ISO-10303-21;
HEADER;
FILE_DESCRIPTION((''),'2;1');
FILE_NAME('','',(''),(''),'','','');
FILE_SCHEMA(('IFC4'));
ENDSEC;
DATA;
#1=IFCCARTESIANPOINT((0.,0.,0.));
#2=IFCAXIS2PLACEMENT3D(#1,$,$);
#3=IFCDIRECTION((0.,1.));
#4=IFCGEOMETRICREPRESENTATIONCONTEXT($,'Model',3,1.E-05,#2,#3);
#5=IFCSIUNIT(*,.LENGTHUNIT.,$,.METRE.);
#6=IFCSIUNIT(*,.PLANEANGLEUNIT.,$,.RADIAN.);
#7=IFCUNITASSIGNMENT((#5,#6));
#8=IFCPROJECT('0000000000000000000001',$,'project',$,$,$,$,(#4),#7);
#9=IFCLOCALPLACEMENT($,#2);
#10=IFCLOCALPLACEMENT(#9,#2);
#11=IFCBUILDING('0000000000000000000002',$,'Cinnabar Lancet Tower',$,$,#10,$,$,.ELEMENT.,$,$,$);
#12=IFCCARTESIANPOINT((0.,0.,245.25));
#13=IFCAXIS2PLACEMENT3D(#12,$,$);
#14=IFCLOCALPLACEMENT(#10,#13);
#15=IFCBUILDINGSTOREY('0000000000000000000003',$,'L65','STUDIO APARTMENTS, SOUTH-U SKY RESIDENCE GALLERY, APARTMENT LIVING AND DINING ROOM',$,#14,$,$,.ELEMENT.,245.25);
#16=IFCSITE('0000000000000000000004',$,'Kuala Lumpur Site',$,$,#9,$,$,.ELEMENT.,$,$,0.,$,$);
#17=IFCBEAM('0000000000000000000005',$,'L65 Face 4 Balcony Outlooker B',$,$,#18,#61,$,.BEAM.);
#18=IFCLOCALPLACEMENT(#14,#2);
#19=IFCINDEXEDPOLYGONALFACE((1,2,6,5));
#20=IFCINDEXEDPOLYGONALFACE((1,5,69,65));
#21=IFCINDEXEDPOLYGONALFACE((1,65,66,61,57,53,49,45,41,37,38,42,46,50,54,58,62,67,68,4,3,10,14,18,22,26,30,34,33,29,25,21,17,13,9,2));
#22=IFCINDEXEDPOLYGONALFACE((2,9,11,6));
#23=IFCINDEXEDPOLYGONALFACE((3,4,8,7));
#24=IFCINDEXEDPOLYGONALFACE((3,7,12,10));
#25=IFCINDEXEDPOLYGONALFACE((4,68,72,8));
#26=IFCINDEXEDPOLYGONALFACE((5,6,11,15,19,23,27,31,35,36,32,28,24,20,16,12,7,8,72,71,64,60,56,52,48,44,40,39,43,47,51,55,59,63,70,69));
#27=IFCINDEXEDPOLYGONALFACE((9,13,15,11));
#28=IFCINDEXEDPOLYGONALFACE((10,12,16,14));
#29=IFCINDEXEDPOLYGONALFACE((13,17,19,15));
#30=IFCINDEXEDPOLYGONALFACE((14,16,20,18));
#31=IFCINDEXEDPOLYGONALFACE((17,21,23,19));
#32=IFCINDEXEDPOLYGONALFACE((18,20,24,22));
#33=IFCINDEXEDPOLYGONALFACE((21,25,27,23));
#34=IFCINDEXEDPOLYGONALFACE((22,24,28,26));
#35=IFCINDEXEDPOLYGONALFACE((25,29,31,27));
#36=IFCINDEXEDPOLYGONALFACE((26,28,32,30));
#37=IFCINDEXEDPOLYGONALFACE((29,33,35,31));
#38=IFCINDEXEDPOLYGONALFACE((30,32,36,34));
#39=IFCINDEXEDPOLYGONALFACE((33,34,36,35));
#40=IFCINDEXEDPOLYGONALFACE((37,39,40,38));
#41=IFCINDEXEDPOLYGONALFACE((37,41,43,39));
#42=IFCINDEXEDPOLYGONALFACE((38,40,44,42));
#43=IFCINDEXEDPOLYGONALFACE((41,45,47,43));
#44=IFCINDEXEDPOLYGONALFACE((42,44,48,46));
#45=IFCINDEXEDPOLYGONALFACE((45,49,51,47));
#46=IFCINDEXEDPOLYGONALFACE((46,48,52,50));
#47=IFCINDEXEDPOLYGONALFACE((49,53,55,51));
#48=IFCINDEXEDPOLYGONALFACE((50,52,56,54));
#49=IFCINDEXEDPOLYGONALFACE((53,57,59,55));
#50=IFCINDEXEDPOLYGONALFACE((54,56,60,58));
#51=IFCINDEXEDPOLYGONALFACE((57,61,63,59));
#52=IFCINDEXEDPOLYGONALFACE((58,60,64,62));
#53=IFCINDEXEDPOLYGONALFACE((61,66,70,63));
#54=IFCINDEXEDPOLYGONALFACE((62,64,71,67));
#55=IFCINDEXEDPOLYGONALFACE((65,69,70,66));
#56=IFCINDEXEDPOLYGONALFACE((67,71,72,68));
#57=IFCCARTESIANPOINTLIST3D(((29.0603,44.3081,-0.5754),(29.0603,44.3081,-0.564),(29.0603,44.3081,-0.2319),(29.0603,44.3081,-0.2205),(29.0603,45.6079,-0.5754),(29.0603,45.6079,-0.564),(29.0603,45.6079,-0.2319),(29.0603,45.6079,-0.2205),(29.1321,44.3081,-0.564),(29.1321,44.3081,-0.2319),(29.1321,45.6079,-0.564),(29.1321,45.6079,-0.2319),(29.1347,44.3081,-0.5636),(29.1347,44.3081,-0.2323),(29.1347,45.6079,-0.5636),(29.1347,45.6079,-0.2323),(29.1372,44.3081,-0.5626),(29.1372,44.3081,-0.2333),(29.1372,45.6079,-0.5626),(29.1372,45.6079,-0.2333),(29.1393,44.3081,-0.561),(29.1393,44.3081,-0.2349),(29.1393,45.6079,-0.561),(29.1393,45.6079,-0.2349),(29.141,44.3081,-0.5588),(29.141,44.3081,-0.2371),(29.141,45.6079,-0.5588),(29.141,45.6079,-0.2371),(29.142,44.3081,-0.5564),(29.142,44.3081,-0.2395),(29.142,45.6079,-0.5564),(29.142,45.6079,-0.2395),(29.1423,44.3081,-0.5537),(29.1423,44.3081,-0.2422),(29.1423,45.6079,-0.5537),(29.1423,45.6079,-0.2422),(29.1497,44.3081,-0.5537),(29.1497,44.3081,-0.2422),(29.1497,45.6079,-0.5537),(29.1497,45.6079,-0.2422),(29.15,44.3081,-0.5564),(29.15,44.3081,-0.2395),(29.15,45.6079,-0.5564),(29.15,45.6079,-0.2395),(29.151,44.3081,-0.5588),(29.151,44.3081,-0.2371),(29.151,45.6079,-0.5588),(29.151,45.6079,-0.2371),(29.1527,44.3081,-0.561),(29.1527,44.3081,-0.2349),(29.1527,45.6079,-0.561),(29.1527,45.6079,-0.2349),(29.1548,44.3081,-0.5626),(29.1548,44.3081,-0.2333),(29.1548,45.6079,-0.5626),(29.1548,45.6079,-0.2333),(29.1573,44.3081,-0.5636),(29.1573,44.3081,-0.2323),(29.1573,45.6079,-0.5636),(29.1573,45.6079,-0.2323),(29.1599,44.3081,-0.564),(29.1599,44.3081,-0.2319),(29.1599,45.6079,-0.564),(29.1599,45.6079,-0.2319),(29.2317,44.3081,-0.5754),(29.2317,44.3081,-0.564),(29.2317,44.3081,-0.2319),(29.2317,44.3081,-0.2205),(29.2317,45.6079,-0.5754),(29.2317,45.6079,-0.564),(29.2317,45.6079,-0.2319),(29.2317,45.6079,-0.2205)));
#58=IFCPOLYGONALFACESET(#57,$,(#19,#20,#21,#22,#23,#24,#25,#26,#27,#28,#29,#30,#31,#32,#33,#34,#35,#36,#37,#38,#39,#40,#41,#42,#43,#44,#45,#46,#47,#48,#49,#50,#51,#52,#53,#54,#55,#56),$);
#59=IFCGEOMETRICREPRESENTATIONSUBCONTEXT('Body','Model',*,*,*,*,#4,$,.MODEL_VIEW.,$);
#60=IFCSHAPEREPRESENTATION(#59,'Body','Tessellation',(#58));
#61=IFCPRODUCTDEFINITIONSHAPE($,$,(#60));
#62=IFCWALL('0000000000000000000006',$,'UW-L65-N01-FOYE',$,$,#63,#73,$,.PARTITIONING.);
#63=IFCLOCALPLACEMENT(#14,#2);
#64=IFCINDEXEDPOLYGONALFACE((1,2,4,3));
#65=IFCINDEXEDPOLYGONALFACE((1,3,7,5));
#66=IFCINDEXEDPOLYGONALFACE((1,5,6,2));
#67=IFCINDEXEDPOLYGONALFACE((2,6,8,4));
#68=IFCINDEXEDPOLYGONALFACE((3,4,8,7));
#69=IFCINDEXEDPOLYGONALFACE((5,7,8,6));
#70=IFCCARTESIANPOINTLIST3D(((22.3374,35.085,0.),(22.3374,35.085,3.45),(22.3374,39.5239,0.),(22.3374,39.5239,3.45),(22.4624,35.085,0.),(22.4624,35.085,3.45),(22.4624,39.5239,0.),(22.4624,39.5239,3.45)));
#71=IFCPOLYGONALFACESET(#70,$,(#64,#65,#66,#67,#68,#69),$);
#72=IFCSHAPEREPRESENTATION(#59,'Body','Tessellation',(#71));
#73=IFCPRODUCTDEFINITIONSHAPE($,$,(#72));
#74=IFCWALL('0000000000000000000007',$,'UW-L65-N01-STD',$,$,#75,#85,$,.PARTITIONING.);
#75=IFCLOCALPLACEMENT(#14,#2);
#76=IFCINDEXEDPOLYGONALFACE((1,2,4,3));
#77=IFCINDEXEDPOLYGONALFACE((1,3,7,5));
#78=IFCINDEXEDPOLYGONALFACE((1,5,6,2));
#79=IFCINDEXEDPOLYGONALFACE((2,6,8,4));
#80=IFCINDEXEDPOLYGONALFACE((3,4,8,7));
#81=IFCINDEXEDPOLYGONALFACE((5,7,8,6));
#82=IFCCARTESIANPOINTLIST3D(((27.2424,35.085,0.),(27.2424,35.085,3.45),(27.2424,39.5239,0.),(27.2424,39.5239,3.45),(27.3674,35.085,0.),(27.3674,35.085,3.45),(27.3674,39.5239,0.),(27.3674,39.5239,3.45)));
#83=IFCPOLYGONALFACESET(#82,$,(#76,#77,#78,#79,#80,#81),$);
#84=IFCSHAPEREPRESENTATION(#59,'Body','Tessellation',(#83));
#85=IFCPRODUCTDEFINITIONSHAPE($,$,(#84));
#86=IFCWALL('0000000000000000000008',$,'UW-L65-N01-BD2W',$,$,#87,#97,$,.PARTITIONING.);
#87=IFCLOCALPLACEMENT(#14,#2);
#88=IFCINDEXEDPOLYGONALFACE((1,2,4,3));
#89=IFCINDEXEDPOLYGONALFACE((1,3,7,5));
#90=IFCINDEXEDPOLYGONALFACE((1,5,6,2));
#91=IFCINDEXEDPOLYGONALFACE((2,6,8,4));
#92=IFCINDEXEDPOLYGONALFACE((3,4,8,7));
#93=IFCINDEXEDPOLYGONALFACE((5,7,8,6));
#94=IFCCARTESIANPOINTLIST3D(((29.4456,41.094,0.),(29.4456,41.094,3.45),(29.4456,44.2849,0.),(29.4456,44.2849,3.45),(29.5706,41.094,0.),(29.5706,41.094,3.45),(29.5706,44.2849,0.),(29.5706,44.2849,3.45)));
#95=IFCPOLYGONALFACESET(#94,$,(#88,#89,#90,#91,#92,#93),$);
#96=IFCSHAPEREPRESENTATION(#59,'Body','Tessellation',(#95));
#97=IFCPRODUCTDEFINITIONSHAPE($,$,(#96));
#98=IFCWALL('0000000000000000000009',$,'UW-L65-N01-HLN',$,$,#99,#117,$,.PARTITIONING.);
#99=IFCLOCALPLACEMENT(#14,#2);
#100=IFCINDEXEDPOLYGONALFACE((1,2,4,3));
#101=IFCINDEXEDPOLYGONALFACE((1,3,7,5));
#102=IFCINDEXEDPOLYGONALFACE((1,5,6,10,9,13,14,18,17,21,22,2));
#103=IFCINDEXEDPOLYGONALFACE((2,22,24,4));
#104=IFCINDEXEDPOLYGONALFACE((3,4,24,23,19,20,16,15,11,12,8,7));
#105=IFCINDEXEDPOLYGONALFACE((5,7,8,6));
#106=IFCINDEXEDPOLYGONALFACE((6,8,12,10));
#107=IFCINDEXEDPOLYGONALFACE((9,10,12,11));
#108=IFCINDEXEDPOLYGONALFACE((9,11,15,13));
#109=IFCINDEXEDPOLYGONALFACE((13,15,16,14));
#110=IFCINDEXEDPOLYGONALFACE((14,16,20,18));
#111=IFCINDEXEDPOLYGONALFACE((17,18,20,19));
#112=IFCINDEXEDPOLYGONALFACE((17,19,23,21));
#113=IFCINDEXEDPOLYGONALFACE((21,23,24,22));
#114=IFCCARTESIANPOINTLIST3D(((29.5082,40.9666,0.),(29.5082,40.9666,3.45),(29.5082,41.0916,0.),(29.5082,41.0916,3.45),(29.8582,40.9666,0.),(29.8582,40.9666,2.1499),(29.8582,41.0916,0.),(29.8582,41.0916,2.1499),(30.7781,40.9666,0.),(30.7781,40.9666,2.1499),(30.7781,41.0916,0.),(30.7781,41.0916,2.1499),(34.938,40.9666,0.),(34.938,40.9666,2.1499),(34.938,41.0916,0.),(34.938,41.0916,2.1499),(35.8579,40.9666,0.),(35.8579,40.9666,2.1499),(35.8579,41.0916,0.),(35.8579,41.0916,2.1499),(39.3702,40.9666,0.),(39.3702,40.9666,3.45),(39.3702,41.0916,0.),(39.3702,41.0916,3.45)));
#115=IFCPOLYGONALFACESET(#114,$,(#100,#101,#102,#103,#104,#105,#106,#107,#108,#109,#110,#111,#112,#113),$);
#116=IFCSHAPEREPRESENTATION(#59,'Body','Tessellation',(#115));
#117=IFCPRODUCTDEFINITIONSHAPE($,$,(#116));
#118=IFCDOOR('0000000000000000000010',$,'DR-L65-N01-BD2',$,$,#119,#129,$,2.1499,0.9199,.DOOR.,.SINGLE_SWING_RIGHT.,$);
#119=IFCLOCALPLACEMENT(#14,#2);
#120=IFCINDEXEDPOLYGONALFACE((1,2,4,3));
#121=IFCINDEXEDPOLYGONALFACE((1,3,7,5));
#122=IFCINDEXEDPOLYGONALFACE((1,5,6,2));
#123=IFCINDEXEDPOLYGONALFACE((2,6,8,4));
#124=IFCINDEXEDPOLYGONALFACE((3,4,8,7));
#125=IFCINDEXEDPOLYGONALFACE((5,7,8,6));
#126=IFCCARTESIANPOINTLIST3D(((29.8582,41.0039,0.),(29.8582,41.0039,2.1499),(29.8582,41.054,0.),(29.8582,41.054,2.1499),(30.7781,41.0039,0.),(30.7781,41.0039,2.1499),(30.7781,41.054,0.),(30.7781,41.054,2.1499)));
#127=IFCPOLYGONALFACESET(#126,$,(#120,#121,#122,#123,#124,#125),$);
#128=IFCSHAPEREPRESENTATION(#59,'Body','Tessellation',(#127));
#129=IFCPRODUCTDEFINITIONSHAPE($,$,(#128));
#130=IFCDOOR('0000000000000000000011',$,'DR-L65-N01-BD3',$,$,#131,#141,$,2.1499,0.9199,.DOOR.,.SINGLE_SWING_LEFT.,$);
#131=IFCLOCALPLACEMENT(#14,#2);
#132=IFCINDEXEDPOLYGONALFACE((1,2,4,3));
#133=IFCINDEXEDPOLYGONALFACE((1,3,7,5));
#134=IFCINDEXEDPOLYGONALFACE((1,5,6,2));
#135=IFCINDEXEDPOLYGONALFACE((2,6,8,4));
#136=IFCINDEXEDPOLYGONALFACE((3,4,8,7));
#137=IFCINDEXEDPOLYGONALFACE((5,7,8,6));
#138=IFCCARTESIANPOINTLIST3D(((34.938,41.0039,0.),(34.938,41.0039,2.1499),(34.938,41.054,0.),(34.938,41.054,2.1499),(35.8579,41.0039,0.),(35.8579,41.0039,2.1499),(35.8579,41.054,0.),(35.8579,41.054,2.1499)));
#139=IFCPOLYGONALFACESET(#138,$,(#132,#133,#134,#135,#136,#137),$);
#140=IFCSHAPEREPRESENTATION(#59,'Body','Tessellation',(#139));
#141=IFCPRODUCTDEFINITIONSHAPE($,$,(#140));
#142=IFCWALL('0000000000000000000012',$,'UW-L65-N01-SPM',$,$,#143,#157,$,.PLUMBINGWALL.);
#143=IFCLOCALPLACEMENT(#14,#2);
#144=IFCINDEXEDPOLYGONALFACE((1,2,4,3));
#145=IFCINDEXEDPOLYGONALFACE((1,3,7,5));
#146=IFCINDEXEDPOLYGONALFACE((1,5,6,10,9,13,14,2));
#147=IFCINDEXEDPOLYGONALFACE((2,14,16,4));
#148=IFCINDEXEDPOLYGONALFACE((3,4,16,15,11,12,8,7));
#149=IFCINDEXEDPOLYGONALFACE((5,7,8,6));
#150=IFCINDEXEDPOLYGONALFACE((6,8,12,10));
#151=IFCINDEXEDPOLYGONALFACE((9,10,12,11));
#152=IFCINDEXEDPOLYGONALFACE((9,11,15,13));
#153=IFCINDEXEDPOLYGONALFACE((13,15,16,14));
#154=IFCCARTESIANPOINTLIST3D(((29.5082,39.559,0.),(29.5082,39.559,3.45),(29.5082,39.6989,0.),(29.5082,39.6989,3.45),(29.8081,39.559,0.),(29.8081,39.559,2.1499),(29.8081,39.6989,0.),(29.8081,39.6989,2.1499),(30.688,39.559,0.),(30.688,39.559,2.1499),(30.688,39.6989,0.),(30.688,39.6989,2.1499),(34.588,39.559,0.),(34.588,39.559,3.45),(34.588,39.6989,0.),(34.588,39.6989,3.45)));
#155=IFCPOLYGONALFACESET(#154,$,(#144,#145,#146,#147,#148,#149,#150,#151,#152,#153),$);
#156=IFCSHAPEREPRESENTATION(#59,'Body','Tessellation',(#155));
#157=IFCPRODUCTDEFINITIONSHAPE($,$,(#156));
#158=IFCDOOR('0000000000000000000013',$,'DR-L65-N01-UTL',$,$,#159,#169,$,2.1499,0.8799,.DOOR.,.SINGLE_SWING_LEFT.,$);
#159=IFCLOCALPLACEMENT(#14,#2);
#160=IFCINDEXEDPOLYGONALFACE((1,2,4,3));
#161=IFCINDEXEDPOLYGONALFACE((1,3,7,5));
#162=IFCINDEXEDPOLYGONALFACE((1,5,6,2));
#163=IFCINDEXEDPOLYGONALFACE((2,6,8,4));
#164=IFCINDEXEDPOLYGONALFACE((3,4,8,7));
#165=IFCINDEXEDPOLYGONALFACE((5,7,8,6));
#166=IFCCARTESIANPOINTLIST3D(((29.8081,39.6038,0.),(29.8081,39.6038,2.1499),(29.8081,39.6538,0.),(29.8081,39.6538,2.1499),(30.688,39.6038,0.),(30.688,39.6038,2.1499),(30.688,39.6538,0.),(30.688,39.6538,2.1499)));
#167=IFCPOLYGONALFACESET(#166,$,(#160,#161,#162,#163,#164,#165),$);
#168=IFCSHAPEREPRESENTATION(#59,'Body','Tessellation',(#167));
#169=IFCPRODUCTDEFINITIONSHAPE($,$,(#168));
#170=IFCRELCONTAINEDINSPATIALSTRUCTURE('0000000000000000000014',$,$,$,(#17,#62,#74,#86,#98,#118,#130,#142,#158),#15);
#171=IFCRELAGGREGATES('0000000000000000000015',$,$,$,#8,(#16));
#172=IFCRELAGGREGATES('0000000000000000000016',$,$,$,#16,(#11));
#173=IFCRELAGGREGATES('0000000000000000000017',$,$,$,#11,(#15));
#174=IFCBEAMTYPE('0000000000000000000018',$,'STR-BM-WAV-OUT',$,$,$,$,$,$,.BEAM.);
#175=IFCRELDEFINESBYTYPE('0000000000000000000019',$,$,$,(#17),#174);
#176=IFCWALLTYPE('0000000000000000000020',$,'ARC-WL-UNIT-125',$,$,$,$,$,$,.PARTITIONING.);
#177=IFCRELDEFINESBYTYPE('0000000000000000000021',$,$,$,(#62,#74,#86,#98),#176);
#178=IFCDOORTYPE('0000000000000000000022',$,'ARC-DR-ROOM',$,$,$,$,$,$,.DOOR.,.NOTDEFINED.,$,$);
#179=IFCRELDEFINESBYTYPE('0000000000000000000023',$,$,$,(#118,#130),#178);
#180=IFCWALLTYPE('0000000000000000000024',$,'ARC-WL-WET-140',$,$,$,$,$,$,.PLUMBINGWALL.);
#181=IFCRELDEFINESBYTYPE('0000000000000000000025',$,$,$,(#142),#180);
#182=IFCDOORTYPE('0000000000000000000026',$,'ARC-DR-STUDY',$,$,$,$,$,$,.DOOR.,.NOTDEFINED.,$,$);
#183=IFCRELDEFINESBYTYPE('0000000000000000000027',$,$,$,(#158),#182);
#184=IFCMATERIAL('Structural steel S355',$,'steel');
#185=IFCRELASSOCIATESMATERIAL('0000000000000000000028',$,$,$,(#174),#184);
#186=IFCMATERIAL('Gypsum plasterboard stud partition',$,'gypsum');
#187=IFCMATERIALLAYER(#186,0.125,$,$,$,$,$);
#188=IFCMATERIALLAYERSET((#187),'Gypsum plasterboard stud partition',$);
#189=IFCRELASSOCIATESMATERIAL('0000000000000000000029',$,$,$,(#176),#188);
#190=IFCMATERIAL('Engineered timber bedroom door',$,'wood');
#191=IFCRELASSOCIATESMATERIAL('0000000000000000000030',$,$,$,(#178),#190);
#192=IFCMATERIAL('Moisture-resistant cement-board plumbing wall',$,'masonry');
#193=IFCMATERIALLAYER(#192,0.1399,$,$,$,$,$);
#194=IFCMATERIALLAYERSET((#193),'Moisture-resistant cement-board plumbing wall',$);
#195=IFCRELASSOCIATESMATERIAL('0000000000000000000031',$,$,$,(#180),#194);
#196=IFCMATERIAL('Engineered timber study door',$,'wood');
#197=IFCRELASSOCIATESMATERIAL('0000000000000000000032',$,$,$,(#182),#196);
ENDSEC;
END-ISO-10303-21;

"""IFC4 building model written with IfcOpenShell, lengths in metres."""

from ifc_helpers import new_model, si_unit, direction, frame, frame_2d, origin, origin_2d, place, context, subcontext, project, spatial, rectangle, i_section, extrude, material, layer, layer_set, material_profile, profile_set, type_object, element, fill, save


model = new_model("IFC4")

# Units and contexts
model_context = context("Model", 3, precision=1e-05, world=origin(), true_north=direction((0.0, 1.0)))
body_context = subcontext(model_context, "Body", "Model", "MODEL_VIEW")
ifc_project = project(units=[si_unit("LENGTHUNIT", "METRE"), si_unit("PLANEANGLEUNIT", "RADIAN")], contexts=[model_context])

# Site, building, storey
site_placement = place(None, origin())
site = spatial("IfcSite", under=ifc_project, at=site_placement, Name="Kuala Lumpur Site", CompositionType="ELEMENT", RefElevation=0.0)
building_placement = place(site_placement, origin())
building = spatial("IfcBuilding", under=site, at=building_placement, Name="Cinnabar Lancet Tower", CompositionType="ELEMENT")
storey_placement = place(building_placement, frame((0.0, 0.0, 245.25)))
storey = spatial("IfcBuildingStorey", under=building, at=storey_placement, Name="L65", Description="STUDIO APARTMENTS, SOUTH-U SKY RESIDENCE GALLERY, APARTMENT LIVING AND DINING ROOM", CompositionType="ELEMENT", Elevation=245.25)

# Beam
ifc_material_1 = material(Name="Structural steel S355", Category="steel")
ifc_material_profile_1 = material_profile(ifc_material_1, i_section(OverallWidth=0.1714, OverallDepth=0.355, WebThickness=0.0073, FlangeThickness=0.0115, FilletRadius=0.0103, at=origin_2d()), Name="UKB 356x171x51")
ifc_profile_set_1 = profile_set([ifc_material_profile_1], Name="Structural steel S355")
beam_type_1 = type_object("IfcBeamType", Name="STR-BM-WAV-OUT", PredefinedType="BEAM", material=ifc_profile_set_1)
beam_1_placement = place(storey_placement, frame((29.146, 44.3081, -0.3979), z_axis=(0.0, 1.0, 0.0), x_axis=(-1.0, 0.0, 0.0)))
element("IfcBeam", 1, at=beam_1_placement, inside=storey, type_object=beam_type_1, Name="L65 Face 4 Balcony Outlooker B", PredefinedType="BEAM", context=body_context, shape_type="SweptSolid", body=[
    extrude(i_section(OverallWidth=0.1714, OverallDepth=0.355, WebThickness=0.0073, FlangeThickness=0.0115, FilletRadius=0.0103, at=origin_2d()), origin(), (0.0, 0.0, 1.0), 1.2998),
])

# Walls
ifc_material_2 = material(Name="Gypsum plasterboard stud partition", Category="gypsum")
ifc_layer_1 = layer(ifc_material_2, 0.125)
ifc_layer_set_1 = layer_set([ifc_layer_1], Name="Gypsum plasterboard stud partition")
wall_type_1 = type_object("IfcWallType", Name="ARC-WL-UNIT-125", PredefinedType="PARTITIONING", material=ifc_layer_set_1)
for number, where, z_axis, x_axis, name in (
    (2, (22.3999, 35.085, 0.0), (0.0, 0.0, 1.0), (0.0, 1.0, 0.0), "UW-L65-N01-FOYE"),
    (3, (27.3049, 35.085, 0.0), (0.0, 0.0, 1.0), (0.0, 1.0, 0.0), "UW-L65-N01-STD"),
):
    element("IfcWall", number, at=place(storey_placement, frame(where, z_axis=z_axis, x_axis=x_axis)), inside=storey, type_object=wall_type_1, Name=name, PredefinedType="PARTITIONING", context=body_context, shape_type="SweptSolid", body=[
        extrude(rectangle(XDim=4.439, YDim=0.125, at=frame_2d((2.2195, 0.0))), origin(), (0.0, 0.0, 1.0), 3.45),
    ])
wall_1_placement = place(storey_placement, frame((29.5081, 41.094, 0.0), z_axis=(0.0, 0.0, 1.0), x_axis=(0.0, 1.0, 0.0)))
element("IfcWall", 4, at=wall_1_placement, inside=storey, type_object=wall_type_1, Name="UW-L65-N01-BD2W", PredefinedType="PARTITIONING", context=body_context, shape_type="SweptSolid", body=[
    extrude(rectangle(XDim=3.1909, YDim=0.125, at=frame_2d((1.5955, 0.0))), origin(), (0.0, 0.0, 1.0), 3.45),
])

# Wall, openings, doors
wall_2_placement = place(storey_placement, frame((29.5081, 41.0291, 0.0), z_axis=(0.0, 0.0, 1.0), x_axis=(1.0, 0.0, 0.0)))
wall_2 = element("IfcWall", 5, at=wall_2_placement, inside=storey, type_object=wall_type_1, Name="UW-L65-N01-HLN", PredefinedType="PARTITIONING", context=body_context, shape_type="SweptSolid", body=[
    extrude(rectangle(XDim=9.8621, YDim=0.125, at=frame_2d((4.9312, 0.0))), origin(), (0.0, 0.0, 1.0), 3.45),
])
opening_1_placement = place(wall_2_placement, frame((0.3501, 0.0, 0.0)))
opening_1 = element("IfcOpeningElement", 6, at=opening_1_placement, cuts=wall_2, PredefinedType="OPENING", context=body_context, shape_type="SweptSolid", body=[
    extrude(rectangle(XDim=0.9199, YDim=2.1499, at=frame_2d((0.46, 1.075))), frame((0.0, 0.0725, 0.0), z_axis=(0.0, -1.0, 0.0), x_axis=(1.0, 0.0, 0.0)), (0.0, 0.0, 1.0), 0.145),
])
opening_2_placement = place(wall_2_placement, frame((5.4299, 0.0, 0.0)))
opening_2 = element("IfcOpeningElement", 7, at=opening_2_placement, cuts=wall_2, PredefinedType="OPENING", context=body_context, shape_type="SweptSolid", body=[
    extrude(rectangle(XDim=0.9199, YDim=2.1499, at=frame_2d((0.46, 1.075))), frame((0.0, 0.0725, 0.0), z_axis=(0.0, -1.0, 0.0), x_axis=(1.0, 0.0, 0.0)), (0.0, 0.0, 1.0), 0.145),
])
ifc_material_3 = material(Name="Engineered timber bedroom door", Category="wood")
door_type_1 = type_object("IfcDoorType", Name="ARC-DR-ROOM", OperationType="NOTDEFINED", PredefinedType="DOOR", material=ifc_material_3)
door_1_placement = place(opening_1_placement, origin())
door_1 = element("IfcDoor", 8, at=door_1_placement, inside=storey, type_object=door_type_1, Name="DR-L65-N01-BD2", OperationType="SINGLE_SWING_RIGHT", OverallHeight=2.1499, OverallWidth=0.9199, PredefinedType="DOOR", context=body_context, shape_type="SweptSolid", body=[
    extrude(rectangle(XDim=0.9199, YDim=2.1499, at=frame_2d((0.46, 1.075))), frame((0.0, 0.0249, 0.0), z_axis=(0.0, -1.0, 0.0), x_axis=(1.0, 0.0, 0.0)), (0.0, 0.0, 1.0), 0.05),
])
fill(opening_1, door_1)
door_2_placement = place(opening_2_placement, origin())
door_2 = element("IfcDoor", 9, at=door_2_placement, inside=storey, type_object=door_type_1, Name="DR-L65-N01-BD3", OperationType="SINGLE_SWING_LEFT", OverallHeight=2.1499, OverallWidth=0.9199, PredefinedType="DOOR", context=body_context, shape_type="SweptSolid", body=[
    extrude(rectangle(XDim=0.9199, YDim=2.1499, at=frame_2d((0.46, 1.075))), frame((0.0, 0.0249, 0.0), z_axis=(0.0, -1.0, 0.0), x_axis=(1.0, 0.0, 0.0)), (0.0, 0.0, 1.0), 0.05),
])
fill(opening_2, door_2)
ifc_material_4 = material(Name="Moisture-resistant cement-board plumbing wall", Category="masonry")
ifc_layer_2 = layer(ifc_material_4, 0.1399)
ifc_layer_set_2 = layer_set([ifc_layer_2], Name="Moisture-resistant cement-board plumbing wall")
wall_type_2 = type_object("IfcWallType", Name="ARC-WL-WET-140", PredefinedType="PLUMBINGWALL", material=ifc_layer_set_2)
ifc_material_5 = material(Name="Engineered timber study door", Category="wood")
door_type_2 = type_object("IfcDoorType", Name="ARC-DR-STUDY", OperationType="NOTDEFINED", PredefinedType="DOOR", material=ifc_material_5)

# Wall, opening, door
wall_3_placement = place(storey_placement, frame((29.5081, 39.6289, 0.0), z_axis=(0.0, 0.0, 1.0), x_axis=(1.0, 0.0, 0.0)))
wall_3 = element("IfcWall", 10, at=wall_3_placement, inside=storey, type_object=wall_type_2, Name="UW-L65-N01-SPM", PredefinedType="PLUMBINGWALL", context=body_context, shape_type="SweptSolid", body=[
    extrude(rectangle(XDim=5.0798, YDim=0.1399, at=frame_2d((2.54, 0.0))), origin(), (0.0, 0.0, 1.0), 3.45),
])
opening_3_placement = place(wall_3_placement, frame((0.3, 0.0, 0.0)))
opening_3 = element("IfcOpeningElement", 11, at=opening_3_placement, cuts=wall_3, PredefinedType="OPENING", context=body_context, shape_type="SweptSolid", body=[
    extrude(rectangle(XDim=0.8799, YDim=2.1499, at=frame_2d((0.4399, 1.075))), frame((0.0, 0.0798, 0.0), z_axis=(0.0, -1.0, 0.0), x_axis=(1.0, 0.0, 0.0)), (0.0, 0.0, 1.0), 0.1599),
])
door_3_placement = place(opening_3_placement, origin())
door_3 = element("IfcDoor", 12, at=door_3_placement, inside=storey, type_object=door_type_2, Name="DR-L65-N01-UTL", OperationType="SINGLE_SWING_LEFT", OverallHeight=2.1499, OverallWidth=0.8799, PredefinedType="DOOR", context=body_context, shape_type="SweptSolid", body=[
    extrude(rectangle(XDim=0.8799, YDim=2.1499, at=frame_2d((0.4399, 1.075))), frame((0.0, 0.0249, 0.0), z_axis=(0.0, -1.0, 0.0), x_axis=(1.0, 0.0, 0.0)), (0.0, 0.0, 1.0), 0.05),
])
fill(opening_3, door_3)

save(model, "model.ifc")
